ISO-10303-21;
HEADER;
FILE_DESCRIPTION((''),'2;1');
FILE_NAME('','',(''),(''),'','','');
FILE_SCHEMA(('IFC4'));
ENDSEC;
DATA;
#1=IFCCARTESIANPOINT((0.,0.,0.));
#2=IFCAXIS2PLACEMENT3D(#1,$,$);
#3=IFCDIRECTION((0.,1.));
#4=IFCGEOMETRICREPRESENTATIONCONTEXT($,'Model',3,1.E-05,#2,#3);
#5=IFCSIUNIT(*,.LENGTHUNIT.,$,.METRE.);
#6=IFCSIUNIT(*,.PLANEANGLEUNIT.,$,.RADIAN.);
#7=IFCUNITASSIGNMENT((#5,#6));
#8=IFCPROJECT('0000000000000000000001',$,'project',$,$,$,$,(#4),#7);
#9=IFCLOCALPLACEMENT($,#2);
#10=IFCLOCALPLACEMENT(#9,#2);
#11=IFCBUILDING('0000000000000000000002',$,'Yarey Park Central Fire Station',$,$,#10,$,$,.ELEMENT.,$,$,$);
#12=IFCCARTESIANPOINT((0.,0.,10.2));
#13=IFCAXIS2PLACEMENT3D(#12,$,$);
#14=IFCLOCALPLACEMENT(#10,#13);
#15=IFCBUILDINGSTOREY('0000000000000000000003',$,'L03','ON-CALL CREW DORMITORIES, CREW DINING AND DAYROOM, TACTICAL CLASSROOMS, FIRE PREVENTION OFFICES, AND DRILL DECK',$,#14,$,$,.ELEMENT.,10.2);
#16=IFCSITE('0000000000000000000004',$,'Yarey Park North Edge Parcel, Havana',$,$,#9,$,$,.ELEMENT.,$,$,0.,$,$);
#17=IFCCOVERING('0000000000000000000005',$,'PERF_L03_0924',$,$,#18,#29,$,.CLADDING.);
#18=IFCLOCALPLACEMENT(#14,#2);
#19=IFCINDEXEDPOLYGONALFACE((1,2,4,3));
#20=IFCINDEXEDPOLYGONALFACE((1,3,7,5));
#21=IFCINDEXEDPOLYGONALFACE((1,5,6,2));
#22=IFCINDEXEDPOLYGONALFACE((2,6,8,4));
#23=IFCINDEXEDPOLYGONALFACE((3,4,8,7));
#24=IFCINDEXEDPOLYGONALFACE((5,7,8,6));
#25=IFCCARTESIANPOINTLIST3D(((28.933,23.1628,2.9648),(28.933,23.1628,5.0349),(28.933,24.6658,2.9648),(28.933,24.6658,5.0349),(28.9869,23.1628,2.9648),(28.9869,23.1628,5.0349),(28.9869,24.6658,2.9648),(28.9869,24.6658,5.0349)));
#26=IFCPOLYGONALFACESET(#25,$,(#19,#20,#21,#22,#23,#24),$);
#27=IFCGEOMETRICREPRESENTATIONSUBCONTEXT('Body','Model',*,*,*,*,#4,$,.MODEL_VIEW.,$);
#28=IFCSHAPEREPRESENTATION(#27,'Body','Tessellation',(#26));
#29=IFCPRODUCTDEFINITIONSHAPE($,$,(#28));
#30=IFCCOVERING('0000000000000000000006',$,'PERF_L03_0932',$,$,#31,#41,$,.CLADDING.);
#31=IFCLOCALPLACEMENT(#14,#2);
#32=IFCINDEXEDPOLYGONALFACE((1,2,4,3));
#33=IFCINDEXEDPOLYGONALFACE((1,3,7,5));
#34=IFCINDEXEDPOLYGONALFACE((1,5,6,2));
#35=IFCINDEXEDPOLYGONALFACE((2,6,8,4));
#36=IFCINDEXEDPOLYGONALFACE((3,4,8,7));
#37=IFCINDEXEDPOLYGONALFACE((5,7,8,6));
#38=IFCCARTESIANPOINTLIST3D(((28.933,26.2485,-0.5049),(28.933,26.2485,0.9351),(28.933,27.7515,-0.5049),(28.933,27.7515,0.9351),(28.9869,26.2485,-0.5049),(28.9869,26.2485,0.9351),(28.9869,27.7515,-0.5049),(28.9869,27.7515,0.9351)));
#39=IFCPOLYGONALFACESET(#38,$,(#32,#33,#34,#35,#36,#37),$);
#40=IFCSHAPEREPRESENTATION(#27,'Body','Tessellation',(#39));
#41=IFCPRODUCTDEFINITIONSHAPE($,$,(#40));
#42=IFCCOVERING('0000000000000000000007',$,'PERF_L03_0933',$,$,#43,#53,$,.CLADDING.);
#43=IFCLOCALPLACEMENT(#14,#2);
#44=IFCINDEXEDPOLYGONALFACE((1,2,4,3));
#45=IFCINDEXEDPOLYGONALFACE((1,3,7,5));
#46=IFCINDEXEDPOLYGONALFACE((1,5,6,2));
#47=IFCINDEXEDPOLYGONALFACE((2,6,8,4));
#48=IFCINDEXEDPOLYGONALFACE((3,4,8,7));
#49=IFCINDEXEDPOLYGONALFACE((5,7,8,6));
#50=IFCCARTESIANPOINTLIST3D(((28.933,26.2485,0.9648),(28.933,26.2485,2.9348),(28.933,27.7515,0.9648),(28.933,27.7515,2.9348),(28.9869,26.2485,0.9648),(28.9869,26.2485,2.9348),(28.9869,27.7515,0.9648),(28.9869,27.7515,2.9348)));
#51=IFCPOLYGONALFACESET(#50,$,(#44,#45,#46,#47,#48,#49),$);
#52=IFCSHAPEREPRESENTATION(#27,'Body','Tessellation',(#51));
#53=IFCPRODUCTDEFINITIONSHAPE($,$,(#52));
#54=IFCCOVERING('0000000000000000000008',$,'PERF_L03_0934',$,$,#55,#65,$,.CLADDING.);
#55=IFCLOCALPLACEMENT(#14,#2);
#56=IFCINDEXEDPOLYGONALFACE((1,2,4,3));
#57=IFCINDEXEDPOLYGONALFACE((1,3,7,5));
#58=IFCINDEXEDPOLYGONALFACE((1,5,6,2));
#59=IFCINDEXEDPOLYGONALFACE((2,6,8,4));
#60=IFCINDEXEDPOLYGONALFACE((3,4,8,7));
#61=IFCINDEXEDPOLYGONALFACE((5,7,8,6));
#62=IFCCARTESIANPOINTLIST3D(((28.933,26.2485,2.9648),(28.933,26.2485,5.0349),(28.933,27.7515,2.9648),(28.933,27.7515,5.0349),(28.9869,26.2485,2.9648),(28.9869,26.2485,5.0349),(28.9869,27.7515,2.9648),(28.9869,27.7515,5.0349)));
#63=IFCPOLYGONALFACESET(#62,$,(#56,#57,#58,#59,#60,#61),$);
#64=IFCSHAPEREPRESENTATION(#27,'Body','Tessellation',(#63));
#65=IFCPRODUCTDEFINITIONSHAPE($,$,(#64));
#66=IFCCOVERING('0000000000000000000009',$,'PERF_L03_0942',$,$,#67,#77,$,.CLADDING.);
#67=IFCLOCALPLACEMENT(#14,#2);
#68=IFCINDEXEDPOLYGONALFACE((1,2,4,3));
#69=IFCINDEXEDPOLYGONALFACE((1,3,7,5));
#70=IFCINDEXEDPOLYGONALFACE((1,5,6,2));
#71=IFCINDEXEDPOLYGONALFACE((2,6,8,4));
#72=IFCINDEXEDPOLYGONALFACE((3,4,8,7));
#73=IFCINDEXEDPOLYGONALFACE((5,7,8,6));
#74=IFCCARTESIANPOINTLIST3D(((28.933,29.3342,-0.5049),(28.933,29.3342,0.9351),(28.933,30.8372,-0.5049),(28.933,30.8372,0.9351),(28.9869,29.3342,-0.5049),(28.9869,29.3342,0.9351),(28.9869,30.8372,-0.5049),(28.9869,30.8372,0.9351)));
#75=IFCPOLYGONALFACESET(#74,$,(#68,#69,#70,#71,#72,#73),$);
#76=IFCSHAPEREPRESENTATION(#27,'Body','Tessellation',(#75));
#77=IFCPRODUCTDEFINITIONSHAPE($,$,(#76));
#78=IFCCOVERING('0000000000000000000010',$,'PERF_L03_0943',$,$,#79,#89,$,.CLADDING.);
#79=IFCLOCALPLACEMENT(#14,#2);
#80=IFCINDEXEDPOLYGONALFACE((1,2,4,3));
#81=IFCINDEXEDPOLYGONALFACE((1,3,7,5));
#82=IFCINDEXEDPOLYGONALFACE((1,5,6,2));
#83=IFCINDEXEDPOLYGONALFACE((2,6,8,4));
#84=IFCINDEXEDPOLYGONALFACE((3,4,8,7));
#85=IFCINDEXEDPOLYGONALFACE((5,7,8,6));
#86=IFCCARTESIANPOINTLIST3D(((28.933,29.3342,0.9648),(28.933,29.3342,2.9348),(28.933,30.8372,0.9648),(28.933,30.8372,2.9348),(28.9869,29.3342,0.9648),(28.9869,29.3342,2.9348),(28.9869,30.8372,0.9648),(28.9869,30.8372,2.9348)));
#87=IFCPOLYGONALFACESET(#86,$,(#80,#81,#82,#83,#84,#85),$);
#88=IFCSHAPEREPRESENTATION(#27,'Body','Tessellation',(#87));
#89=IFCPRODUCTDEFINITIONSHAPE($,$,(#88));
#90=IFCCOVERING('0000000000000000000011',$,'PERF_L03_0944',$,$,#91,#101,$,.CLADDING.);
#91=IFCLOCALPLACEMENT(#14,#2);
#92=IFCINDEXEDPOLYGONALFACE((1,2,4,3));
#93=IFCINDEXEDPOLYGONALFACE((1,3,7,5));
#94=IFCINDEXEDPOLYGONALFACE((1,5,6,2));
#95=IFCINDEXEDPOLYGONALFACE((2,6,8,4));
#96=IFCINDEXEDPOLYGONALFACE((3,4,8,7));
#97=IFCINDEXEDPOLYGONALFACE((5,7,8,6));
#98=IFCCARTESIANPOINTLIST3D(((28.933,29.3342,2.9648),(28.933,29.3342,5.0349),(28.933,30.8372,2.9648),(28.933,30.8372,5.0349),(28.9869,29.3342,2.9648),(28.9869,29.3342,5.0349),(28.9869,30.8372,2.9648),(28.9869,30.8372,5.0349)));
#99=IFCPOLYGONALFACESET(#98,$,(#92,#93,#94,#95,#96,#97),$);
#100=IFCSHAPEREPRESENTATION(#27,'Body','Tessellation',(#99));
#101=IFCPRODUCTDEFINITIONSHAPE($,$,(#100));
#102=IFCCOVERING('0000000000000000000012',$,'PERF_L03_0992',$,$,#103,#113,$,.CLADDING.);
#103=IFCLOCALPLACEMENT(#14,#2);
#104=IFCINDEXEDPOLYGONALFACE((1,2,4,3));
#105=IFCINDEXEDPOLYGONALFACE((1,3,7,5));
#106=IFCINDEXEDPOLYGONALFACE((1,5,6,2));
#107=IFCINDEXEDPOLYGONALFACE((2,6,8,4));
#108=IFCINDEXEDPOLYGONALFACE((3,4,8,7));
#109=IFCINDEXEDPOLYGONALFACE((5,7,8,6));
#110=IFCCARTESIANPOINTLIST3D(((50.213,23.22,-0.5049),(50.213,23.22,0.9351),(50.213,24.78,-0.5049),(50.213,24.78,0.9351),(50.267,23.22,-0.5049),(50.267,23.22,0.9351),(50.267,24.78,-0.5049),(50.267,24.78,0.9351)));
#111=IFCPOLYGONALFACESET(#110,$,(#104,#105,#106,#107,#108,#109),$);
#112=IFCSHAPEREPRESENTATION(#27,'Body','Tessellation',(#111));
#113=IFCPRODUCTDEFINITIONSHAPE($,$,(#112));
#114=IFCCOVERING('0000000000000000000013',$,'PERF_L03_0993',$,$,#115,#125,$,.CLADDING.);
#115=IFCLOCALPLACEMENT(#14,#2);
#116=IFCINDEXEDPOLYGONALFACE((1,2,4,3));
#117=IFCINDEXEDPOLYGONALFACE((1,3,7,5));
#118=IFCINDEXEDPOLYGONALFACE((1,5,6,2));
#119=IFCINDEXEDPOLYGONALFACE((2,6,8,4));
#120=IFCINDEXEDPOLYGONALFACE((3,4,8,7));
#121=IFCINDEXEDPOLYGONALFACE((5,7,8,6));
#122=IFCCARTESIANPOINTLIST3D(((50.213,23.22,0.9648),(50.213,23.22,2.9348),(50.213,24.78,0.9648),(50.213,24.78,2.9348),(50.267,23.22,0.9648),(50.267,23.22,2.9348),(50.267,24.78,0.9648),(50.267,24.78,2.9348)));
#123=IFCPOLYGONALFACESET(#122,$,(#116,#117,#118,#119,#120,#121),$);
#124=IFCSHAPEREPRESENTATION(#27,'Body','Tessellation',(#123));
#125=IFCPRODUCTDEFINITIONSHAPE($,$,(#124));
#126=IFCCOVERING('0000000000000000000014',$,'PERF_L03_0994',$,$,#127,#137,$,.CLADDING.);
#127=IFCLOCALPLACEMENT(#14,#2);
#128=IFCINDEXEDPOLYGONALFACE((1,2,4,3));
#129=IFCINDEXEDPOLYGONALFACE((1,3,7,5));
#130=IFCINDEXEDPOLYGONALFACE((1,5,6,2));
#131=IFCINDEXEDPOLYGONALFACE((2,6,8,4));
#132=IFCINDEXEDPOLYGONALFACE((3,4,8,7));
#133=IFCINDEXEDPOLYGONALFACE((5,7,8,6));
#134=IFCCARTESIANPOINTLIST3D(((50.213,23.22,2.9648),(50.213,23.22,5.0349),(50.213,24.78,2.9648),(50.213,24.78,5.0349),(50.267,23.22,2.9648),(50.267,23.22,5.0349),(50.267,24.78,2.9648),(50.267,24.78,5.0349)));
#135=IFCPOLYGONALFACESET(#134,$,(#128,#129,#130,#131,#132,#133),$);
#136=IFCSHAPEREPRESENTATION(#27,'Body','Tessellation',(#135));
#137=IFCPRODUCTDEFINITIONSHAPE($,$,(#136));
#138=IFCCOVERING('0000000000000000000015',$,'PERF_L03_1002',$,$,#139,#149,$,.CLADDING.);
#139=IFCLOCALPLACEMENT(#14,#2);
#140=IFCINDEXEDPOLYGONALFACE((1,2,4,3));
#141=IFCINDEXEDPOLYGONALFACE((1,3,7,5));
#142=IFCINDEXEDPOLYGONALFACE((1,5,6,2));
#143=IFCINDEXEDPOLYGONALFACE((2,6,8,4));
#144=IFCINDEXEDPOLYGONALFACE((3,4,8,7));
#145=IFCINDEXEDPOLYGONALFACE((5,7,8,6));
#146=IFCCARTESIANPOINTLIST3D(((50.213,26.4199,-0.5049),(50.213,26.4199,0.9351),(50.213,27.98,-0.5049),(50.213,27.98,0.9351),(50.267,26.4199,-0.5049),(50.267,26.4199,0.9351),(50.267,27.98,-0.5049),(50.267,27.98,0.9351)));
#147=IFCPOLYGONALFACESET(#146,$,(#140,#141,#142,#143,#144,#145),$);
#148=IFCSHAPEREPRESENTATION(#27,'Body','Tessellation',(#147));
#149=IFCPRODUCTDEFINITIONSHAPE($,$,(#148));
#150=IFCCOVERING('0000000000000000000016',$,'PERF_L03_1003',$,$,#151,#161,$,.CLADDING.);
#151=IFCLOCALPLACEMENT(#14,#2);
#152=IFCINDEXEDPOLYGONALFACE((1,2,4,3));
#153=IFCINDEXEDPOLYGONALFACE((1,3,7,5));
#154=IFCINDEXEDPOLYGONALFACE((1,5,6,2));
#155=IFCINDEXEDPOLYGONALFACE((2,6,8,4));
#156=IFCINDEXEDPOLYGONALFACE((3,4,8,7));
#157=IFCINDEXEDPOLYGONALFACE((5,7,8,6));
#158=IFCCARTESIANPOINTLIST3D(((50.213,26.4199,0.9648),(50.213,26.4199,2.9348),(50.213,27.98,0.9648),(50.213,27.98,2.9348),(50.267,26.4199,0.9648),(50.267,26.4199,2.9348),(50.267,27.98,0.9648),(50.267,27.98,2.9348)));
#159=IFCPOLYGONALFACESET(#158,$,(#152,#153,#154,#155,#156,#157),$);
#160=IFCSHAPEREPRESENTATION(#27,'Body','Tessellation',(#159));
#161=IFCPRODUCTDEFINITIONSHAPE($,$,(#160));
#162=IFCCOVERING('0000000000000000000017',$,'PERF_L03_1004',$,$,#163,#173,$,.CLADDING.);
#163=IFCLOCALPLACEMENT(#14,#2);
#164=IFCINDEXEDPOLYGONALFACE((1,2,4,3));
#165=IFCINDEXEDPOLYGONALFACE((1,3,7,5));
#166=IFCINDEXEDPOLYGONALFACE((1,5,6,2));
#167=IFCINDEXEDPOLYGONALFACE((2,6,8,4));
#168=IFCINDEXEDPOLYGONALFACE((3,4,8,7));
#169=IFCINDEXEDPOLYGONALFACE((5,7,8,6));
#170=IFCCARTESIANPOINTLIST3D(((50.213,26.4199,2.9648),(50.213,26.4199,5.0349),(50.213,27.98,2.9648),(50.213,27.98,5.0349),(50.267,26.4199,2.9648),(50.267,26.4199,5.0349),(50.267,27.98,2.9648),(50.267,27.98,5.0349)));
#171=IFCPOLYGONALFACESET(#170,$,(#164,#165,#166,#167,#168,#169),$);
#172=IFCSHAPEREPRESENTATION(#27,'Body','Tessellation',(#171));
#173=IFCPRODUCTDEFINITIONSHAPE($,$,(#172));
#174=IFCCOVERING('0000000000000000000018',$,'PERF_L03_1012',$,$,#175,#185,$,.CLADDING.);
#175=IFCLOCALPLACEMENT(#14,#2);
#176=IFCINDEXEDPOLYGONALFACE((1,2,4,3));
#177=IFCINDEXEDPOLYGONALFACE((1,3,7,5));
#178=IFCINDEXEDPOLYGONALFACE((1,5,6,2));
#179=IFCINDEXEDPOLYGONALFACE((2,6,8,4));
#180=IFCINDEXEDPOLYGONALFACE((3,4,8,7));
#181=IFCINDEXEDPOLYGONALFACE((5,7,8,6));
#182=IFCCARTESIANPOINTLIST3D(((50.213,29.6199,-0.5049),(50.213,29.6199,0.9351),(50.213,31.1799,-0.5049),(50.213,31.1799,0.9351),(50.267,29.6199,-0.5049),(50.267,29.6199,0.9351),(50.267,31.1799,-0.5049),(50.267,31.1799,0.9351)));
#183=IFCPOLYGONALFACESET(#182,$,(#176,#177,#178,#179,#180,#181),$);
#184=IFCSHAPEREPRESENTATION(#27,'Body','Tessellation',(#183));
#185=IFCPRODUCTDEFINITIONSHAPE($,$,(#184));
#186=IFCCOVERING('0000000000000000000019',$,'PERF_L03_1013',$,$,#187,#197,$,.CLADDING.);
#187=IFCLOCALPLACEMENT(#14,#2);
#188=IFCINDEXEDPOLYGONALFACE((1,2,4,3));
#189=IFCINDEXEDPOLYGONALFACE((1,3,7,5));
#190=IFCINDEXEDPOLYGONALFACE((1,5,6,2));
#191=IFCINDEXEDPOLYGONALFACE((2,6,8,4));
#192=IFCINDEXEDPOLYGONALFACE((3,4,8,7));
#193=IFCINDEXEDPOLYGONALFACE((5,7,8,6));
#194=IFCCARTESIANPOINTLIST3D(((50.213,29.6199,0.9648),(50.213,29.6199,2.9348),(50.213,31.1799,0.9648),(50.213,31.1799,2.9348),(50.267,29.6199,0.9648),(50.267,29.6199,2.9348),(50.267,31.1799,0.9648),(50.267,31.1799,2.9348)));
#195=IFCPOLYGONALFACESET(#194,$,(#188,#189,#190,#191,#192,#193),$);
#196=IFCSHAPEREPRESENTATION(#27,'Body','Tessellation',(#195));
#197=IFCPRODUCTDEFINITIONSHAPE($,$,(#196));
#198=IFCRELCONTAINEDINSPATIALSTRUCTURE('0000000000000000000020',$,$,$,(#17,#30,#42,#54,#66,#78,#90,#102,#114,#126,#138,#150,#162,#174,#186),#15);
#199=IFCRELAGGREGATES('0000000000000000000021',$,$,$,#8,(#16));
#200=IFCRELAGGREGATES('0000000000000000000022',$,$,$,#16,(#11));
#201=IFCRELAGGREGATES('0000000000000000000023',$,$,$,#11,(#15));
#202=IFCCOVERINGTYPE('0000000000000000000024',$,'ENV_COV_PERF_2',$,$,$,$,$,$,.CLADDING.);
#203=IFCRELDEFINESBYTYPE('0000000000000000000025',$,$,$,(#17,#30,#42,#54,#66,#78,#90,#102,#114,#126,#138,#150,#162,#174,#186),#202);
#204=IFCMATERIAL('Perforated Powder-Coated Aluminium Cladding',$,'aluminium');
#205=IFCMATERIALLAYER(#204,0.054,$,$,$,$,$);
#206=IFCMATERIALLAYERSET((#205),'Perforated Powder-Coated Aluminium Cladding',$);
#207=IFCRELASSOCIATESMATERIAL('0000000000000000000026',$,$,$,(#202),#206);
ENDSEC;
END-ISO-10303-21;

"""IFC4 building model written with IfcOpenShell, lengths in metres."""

from ifc_helpers import new_model, si_unit, direction, frame, origin, origin_2d, place, context, subcontext, project, spatial, rectangle, extrude, material, layer, layer_set, type_object, element, save


model = new_model("IFC4")

# Units and contexts
model_context = context("Model", 3, precision=1e-05, world=origin(), true_north=direction((0.0, 1.0)))
body_context = subcontext(model_context, "Body", "Model", "MODEL_VIEW")
ifc_project = project(units=[si_unit("LENGTHUNIT", "METRE"), si_unit("PLANEANGLEUNIT", "RADIAN")], contexts=[model_context])

# Site, building, storey
site_placement = place(None, origin())
site = spatial("IfcSite", under=ifc_project, at=site_placement, Name="Yarey Park North Edge Parcel, Havana", CompositionType="ELEMENT", RefElevation=0.0)
building_placement = place(site_placement, origin())
building = spatial("IfcBuilding", under=site, at=building_placement, Name="Yarey Park Central Fire Station", CompositionType="ELEMENT")
storey_placement = place(building_placement, frame((0.0, 0.0, 10.2)))
storey = spatial("IfcBuildingStorey", under=building, at=storey_placement, Name="L03", Description="ON-CALL CREW DORMITORIES, CREW DINING AND DAYROOM, TACTICAL CLASSROOMS, FIRE PREVENTION OFFICES, AND DRILL DECK", CompositionType="ELEMENT", Elevation=10.2)

# Coverings
ifc_material = material(Name="Perforated Powder-Coated Aluminium Cladding", Category="aluminium")
ifc_layer_1 = layer(ifc_material, 0.054)
ifc_layer_set_1 = layer_set([ifc_layer_1], Name="Perforated Powder-Coated Aluminium Cladding")
covering_type_1 = type_object("IfcCoveringType", Name="ENV_COV_PERF_2", PredefinedType="CLADDING", material=ifc_layer_set_1)
covering_1_placement = place(storey_placement, frame((28.96, 23.9143, 2.9648), z_axis=(0.0, 0.0, 1.0), x_axis=(0.0, 1.0, 0.0)))
element("IfcCovering", 1, at=covering_1_placement, inside=storey, type_object=covering_type_1, Name="PERF_L03_0924", PredefinedType="CLADDING", context=body_context, shape_type="SweptSolid", body=[
    extrude(rectangle(XDim=1.5029, YDim=0.054, at=origin_2d()), origin(), (0.0, 0.0, 1.0), 2.0701),
])
covering_2_placement = place(storey_placement, frame((28.96, 27.0, -0.5049), z_axis=(0.0, 0.0, 1.0), x_axis=(0.0, 1.0, 0.0)))
element("IfcCovering", 2, at=covering_2_placement, inside=storey, type_object=covering_type_1, Name="PERF_L03_0932", PredefinedType="CLADDING", context=body_context, shape_type="SweptSolid", body=[
    extrude(rectangle(XDim=1.5029, YDim=0.054, at=origin_2d()), origin(), (0.0, 0.0, 1.0), 1.4399),
])
covering_3_placement = place(storey_placement, frame((28.96, 27.0, 0.9648), z_axis=(0.0, 0.0, 1.0), x_axis=(0.0, 1.0, 0.0)))
element("IfcCovering", 3, at=covering_3_placement, inside=storey, type_object=covering_type_1, Name="PERF_L03_0933", PredefinedType="CLADDING", context=body_context, shape_type="SweptSolid", body=[
    extrude(rectangle(XDim=1.5029, YDim=0.054, at=origin_2d()), origin(), (0.0, 0.0, 1.0), 1.97),
])
covering_4_placement = place(storey_placement, frame((28.96, 27.0, 2.9648), z_axis=(0.0, 0.0, 1.0), x_axis=(0.0, 1.0, 0.0)))
element("IfcCovering", 4, at=covering_4_placement, inside=storey, type_object=covering_type_1, Name="PERF_L03_0934", PredefinedType="CLADDING", context=body_context, shape_type="SweptSolid", body=[
    extrude(rectangle(XDim=1.5029, YDim=0.054, at=origin_2d()), origin(), (0.0, 0.0, 1.0), 2.0701),
])
covering_5_placement = place(storey_placement, frame((28.96, 30.0857, -0.5049), z_axis=(0.0, 0.0, 1.0), x_axis=(0.0, 1.0, 0.0)))
element("IfcCovering", 5, at=covering_5_placement, inside=storey, type_object=covering_type_1, Name="PERF_L03_0942", PredefinedType="CLADDING", context=body_context, shape_type="SweptSolid", body=[
    extrude(rectangle(XDim=1.5029, YDim=0.054, at=origin_2d()), origin(), (0.0, 0.0, 1.0), 1.4399),
])
covering_6_placement = place(storey_placement, frame((28.96, 30.0857, 0.9648), z_axis=(0.0, 0.0, 1.0), x_axis=(0.0, 1.0, 0.0)))
element("IfcCovering", 6, at=covering_6_placement, inside=storey, type_object=covering_type_1, Name="PERF_L03_0943", PredefinedType="CLADDING", context=body_context, shape_type="SweptSolid", body=[
    extrude(rectangle(XDim=1.5029, YDim=0.054, at=origin_2d()), origin(), (0.0, 0.0, 1.0), 1.97),
])
covering_7_placement = place(storey_placement, frame((28.96, 30.0857, 2.9648), z_axis=(0.0, 0.0, 1.0), x_axis=(0.0, 1.0, 0.0)))
element("IfcCovering", 7, at=covering_7_placement, inside=storey, type_object=covering_type_1, Name="PERF_L03_0944", PredefinedType="CLADDING", context=body_context, shape_type="SweptSolid", body=[
    extrude(rectangle(XDim=1.5029, YDim=0.054, at=origin_2d()), origin(), (0.0, 0.0, 1.0), 2.0701),
])
covering_8_placement = place(storey_placement, frame((50.24, 24.0, -0.5049), z_axis=(0.0, 0.0, 1.0), x_axis=(0.0, 1.0, 0.0)))
element("IfcCovering", 8, at=covering_8_placement, inside=storey, type_object=covering_type_1, Name="PERF_L03_0992", PredefinedType="CLADDING", context=body_context, shape_type="SweptSolid", body=[
    extrude(rectangle(XDim=1.5601, YDim=0.054, at=origin_2d()), origin(), (0.0, 0.0, 1.0), 1.4399),
])
covering_9_placement = place(storey_placement, frame((50.24, 24.0, 0.9648), z_axis=(0.0, 0.0, 1.0), x_axis=(0.0, 1.0, 0.0)))
element("IfcCovering", 9, at=covering_9_placement, inside=storey, type_object=covering_type_1, Name="PERF_L03_0993", PredefinedType="CLADDING", context=body_context, shape_type="SweptSolid", body=[
    extrude(rectangle(XDim=1.5601, YDim=0.054, at=origin_2d()), origin(), (0.0, 0.0, 1.0), 1.97),
])
covering_10_placement = place(storey_placement, frame((50.24, 24.0, 2.9648), z_axis=(0.0, 0.0, 1.0), x_axis=(0.0, 1.0, 0.0)))
element("IfcCovering", 10, at=covering_10_placement, inside=storey, type_object=covering_type_1, Name="PERF_L03_0994", PredefinedType="CLADDING", context=body_context, shape_type="SweptSolid", body=[
    extrude(rectangle(XDim=1.5601, YDim=0.054, at=origin_2d()), origin(), (0.0, 0.0, 1.0), 2.0701),
])
covering_11_placement = place(storey_placement, frame((50.24, 27.2, -0.5049), z_axis=(0.0, 0.0, 1.0), x_axis=(0.0, 1.0, 0.0)))
element("IfcCovering", 11, at=covering_11_placement, inside=storey, type_object=covering_type_1, Name="PERF_L03_1002", PredefinedType="CLADDING", context=body_context, shape_type="SweptSolid", body=[
    extrude(rectangle(XDim=1.5601, YDim=0.054, at=origin_2d()), origin(), (0.0, 0.0, 1.0), 1.4399),
])
covering_12_placement = place(storey_placement, frame((50.24, 27.2, 0.9648), z_axis=(0.0, 0.0, 1.0), x_axis=(0.0, 1.0, 0.0)))
element("IfcCovering", 12, at=covering_12_placement, inside=storey, type_object=covering_type_1, Name="PERF_L03_1003", PredefinedType="CLADDING", context=body_context, shape_type="SweptSolid", body=[
    extrude(rectangle(XDim=1.5601, YDim=0.054, at=origin_2d()), origin(), (0.0, 0.0, 1.0), 1.97),
])
covering_13_placement = place(storey_placement, frame((50.24, 27.2, 2.9648), z_axis=(0.0, 0.0, 1.0), x_axis=(0.0, 1.0, 0.0)))
element("IfcCovering", 13, at=covering_13_placement, inside=storey, type_object=covering_type_1, Name="PERF_L03_1004", PredefinedType="CLADDING", context=body_context, shape_type="SweptSolid", body=[
    extrude(rectangle(XDim=1.5601, YDim=0.054, at=origin_2d()), origin(), (0.0, 0.0, 1.0), 2.0701),
])
covering_14_placement = place(storey_placement, frame((50.24, 30.3999, -0.5049), z_axis=(0.0, 0.0, 1.0), x_axis=(0.0, 1.0, 0.0)))
element("IfcCovering", 14, at=covering_14_placement, inside=storey, type_object=covering_type_1, Name="PERF_L03_1012", PredefinedType="CLADDING", context=body_context, shape_type="SweptSolid", body=[
    extrude(rectangle(XDim=1.5601, YDim=0.054, at=origin_2d()), origin(), (0.0, 0.0, 1.0), 1.4399),
])
covering_15_placement = place(storey_placement, frame((50.24, 30.3999, 0.9648), z_axis=(0.0, 0.0, 1.0), x_axis=(0.0, 1.0, 0.0)))
element("IfcCovering", 15, at=covering_15_placement, inside=storey, type_object=covering_type_1, Name="PERF_L03_1013", PredefinedType="CLADDING", context=body_context, shape_type="SweptSolid", body=[
    extrude(rectangle(XDim=1.5601, YDim=0.054, at=origin_2d()), origin(), (0.0, 0.0, 1.0), 1.97),
])

save(model, "model.ifc")
